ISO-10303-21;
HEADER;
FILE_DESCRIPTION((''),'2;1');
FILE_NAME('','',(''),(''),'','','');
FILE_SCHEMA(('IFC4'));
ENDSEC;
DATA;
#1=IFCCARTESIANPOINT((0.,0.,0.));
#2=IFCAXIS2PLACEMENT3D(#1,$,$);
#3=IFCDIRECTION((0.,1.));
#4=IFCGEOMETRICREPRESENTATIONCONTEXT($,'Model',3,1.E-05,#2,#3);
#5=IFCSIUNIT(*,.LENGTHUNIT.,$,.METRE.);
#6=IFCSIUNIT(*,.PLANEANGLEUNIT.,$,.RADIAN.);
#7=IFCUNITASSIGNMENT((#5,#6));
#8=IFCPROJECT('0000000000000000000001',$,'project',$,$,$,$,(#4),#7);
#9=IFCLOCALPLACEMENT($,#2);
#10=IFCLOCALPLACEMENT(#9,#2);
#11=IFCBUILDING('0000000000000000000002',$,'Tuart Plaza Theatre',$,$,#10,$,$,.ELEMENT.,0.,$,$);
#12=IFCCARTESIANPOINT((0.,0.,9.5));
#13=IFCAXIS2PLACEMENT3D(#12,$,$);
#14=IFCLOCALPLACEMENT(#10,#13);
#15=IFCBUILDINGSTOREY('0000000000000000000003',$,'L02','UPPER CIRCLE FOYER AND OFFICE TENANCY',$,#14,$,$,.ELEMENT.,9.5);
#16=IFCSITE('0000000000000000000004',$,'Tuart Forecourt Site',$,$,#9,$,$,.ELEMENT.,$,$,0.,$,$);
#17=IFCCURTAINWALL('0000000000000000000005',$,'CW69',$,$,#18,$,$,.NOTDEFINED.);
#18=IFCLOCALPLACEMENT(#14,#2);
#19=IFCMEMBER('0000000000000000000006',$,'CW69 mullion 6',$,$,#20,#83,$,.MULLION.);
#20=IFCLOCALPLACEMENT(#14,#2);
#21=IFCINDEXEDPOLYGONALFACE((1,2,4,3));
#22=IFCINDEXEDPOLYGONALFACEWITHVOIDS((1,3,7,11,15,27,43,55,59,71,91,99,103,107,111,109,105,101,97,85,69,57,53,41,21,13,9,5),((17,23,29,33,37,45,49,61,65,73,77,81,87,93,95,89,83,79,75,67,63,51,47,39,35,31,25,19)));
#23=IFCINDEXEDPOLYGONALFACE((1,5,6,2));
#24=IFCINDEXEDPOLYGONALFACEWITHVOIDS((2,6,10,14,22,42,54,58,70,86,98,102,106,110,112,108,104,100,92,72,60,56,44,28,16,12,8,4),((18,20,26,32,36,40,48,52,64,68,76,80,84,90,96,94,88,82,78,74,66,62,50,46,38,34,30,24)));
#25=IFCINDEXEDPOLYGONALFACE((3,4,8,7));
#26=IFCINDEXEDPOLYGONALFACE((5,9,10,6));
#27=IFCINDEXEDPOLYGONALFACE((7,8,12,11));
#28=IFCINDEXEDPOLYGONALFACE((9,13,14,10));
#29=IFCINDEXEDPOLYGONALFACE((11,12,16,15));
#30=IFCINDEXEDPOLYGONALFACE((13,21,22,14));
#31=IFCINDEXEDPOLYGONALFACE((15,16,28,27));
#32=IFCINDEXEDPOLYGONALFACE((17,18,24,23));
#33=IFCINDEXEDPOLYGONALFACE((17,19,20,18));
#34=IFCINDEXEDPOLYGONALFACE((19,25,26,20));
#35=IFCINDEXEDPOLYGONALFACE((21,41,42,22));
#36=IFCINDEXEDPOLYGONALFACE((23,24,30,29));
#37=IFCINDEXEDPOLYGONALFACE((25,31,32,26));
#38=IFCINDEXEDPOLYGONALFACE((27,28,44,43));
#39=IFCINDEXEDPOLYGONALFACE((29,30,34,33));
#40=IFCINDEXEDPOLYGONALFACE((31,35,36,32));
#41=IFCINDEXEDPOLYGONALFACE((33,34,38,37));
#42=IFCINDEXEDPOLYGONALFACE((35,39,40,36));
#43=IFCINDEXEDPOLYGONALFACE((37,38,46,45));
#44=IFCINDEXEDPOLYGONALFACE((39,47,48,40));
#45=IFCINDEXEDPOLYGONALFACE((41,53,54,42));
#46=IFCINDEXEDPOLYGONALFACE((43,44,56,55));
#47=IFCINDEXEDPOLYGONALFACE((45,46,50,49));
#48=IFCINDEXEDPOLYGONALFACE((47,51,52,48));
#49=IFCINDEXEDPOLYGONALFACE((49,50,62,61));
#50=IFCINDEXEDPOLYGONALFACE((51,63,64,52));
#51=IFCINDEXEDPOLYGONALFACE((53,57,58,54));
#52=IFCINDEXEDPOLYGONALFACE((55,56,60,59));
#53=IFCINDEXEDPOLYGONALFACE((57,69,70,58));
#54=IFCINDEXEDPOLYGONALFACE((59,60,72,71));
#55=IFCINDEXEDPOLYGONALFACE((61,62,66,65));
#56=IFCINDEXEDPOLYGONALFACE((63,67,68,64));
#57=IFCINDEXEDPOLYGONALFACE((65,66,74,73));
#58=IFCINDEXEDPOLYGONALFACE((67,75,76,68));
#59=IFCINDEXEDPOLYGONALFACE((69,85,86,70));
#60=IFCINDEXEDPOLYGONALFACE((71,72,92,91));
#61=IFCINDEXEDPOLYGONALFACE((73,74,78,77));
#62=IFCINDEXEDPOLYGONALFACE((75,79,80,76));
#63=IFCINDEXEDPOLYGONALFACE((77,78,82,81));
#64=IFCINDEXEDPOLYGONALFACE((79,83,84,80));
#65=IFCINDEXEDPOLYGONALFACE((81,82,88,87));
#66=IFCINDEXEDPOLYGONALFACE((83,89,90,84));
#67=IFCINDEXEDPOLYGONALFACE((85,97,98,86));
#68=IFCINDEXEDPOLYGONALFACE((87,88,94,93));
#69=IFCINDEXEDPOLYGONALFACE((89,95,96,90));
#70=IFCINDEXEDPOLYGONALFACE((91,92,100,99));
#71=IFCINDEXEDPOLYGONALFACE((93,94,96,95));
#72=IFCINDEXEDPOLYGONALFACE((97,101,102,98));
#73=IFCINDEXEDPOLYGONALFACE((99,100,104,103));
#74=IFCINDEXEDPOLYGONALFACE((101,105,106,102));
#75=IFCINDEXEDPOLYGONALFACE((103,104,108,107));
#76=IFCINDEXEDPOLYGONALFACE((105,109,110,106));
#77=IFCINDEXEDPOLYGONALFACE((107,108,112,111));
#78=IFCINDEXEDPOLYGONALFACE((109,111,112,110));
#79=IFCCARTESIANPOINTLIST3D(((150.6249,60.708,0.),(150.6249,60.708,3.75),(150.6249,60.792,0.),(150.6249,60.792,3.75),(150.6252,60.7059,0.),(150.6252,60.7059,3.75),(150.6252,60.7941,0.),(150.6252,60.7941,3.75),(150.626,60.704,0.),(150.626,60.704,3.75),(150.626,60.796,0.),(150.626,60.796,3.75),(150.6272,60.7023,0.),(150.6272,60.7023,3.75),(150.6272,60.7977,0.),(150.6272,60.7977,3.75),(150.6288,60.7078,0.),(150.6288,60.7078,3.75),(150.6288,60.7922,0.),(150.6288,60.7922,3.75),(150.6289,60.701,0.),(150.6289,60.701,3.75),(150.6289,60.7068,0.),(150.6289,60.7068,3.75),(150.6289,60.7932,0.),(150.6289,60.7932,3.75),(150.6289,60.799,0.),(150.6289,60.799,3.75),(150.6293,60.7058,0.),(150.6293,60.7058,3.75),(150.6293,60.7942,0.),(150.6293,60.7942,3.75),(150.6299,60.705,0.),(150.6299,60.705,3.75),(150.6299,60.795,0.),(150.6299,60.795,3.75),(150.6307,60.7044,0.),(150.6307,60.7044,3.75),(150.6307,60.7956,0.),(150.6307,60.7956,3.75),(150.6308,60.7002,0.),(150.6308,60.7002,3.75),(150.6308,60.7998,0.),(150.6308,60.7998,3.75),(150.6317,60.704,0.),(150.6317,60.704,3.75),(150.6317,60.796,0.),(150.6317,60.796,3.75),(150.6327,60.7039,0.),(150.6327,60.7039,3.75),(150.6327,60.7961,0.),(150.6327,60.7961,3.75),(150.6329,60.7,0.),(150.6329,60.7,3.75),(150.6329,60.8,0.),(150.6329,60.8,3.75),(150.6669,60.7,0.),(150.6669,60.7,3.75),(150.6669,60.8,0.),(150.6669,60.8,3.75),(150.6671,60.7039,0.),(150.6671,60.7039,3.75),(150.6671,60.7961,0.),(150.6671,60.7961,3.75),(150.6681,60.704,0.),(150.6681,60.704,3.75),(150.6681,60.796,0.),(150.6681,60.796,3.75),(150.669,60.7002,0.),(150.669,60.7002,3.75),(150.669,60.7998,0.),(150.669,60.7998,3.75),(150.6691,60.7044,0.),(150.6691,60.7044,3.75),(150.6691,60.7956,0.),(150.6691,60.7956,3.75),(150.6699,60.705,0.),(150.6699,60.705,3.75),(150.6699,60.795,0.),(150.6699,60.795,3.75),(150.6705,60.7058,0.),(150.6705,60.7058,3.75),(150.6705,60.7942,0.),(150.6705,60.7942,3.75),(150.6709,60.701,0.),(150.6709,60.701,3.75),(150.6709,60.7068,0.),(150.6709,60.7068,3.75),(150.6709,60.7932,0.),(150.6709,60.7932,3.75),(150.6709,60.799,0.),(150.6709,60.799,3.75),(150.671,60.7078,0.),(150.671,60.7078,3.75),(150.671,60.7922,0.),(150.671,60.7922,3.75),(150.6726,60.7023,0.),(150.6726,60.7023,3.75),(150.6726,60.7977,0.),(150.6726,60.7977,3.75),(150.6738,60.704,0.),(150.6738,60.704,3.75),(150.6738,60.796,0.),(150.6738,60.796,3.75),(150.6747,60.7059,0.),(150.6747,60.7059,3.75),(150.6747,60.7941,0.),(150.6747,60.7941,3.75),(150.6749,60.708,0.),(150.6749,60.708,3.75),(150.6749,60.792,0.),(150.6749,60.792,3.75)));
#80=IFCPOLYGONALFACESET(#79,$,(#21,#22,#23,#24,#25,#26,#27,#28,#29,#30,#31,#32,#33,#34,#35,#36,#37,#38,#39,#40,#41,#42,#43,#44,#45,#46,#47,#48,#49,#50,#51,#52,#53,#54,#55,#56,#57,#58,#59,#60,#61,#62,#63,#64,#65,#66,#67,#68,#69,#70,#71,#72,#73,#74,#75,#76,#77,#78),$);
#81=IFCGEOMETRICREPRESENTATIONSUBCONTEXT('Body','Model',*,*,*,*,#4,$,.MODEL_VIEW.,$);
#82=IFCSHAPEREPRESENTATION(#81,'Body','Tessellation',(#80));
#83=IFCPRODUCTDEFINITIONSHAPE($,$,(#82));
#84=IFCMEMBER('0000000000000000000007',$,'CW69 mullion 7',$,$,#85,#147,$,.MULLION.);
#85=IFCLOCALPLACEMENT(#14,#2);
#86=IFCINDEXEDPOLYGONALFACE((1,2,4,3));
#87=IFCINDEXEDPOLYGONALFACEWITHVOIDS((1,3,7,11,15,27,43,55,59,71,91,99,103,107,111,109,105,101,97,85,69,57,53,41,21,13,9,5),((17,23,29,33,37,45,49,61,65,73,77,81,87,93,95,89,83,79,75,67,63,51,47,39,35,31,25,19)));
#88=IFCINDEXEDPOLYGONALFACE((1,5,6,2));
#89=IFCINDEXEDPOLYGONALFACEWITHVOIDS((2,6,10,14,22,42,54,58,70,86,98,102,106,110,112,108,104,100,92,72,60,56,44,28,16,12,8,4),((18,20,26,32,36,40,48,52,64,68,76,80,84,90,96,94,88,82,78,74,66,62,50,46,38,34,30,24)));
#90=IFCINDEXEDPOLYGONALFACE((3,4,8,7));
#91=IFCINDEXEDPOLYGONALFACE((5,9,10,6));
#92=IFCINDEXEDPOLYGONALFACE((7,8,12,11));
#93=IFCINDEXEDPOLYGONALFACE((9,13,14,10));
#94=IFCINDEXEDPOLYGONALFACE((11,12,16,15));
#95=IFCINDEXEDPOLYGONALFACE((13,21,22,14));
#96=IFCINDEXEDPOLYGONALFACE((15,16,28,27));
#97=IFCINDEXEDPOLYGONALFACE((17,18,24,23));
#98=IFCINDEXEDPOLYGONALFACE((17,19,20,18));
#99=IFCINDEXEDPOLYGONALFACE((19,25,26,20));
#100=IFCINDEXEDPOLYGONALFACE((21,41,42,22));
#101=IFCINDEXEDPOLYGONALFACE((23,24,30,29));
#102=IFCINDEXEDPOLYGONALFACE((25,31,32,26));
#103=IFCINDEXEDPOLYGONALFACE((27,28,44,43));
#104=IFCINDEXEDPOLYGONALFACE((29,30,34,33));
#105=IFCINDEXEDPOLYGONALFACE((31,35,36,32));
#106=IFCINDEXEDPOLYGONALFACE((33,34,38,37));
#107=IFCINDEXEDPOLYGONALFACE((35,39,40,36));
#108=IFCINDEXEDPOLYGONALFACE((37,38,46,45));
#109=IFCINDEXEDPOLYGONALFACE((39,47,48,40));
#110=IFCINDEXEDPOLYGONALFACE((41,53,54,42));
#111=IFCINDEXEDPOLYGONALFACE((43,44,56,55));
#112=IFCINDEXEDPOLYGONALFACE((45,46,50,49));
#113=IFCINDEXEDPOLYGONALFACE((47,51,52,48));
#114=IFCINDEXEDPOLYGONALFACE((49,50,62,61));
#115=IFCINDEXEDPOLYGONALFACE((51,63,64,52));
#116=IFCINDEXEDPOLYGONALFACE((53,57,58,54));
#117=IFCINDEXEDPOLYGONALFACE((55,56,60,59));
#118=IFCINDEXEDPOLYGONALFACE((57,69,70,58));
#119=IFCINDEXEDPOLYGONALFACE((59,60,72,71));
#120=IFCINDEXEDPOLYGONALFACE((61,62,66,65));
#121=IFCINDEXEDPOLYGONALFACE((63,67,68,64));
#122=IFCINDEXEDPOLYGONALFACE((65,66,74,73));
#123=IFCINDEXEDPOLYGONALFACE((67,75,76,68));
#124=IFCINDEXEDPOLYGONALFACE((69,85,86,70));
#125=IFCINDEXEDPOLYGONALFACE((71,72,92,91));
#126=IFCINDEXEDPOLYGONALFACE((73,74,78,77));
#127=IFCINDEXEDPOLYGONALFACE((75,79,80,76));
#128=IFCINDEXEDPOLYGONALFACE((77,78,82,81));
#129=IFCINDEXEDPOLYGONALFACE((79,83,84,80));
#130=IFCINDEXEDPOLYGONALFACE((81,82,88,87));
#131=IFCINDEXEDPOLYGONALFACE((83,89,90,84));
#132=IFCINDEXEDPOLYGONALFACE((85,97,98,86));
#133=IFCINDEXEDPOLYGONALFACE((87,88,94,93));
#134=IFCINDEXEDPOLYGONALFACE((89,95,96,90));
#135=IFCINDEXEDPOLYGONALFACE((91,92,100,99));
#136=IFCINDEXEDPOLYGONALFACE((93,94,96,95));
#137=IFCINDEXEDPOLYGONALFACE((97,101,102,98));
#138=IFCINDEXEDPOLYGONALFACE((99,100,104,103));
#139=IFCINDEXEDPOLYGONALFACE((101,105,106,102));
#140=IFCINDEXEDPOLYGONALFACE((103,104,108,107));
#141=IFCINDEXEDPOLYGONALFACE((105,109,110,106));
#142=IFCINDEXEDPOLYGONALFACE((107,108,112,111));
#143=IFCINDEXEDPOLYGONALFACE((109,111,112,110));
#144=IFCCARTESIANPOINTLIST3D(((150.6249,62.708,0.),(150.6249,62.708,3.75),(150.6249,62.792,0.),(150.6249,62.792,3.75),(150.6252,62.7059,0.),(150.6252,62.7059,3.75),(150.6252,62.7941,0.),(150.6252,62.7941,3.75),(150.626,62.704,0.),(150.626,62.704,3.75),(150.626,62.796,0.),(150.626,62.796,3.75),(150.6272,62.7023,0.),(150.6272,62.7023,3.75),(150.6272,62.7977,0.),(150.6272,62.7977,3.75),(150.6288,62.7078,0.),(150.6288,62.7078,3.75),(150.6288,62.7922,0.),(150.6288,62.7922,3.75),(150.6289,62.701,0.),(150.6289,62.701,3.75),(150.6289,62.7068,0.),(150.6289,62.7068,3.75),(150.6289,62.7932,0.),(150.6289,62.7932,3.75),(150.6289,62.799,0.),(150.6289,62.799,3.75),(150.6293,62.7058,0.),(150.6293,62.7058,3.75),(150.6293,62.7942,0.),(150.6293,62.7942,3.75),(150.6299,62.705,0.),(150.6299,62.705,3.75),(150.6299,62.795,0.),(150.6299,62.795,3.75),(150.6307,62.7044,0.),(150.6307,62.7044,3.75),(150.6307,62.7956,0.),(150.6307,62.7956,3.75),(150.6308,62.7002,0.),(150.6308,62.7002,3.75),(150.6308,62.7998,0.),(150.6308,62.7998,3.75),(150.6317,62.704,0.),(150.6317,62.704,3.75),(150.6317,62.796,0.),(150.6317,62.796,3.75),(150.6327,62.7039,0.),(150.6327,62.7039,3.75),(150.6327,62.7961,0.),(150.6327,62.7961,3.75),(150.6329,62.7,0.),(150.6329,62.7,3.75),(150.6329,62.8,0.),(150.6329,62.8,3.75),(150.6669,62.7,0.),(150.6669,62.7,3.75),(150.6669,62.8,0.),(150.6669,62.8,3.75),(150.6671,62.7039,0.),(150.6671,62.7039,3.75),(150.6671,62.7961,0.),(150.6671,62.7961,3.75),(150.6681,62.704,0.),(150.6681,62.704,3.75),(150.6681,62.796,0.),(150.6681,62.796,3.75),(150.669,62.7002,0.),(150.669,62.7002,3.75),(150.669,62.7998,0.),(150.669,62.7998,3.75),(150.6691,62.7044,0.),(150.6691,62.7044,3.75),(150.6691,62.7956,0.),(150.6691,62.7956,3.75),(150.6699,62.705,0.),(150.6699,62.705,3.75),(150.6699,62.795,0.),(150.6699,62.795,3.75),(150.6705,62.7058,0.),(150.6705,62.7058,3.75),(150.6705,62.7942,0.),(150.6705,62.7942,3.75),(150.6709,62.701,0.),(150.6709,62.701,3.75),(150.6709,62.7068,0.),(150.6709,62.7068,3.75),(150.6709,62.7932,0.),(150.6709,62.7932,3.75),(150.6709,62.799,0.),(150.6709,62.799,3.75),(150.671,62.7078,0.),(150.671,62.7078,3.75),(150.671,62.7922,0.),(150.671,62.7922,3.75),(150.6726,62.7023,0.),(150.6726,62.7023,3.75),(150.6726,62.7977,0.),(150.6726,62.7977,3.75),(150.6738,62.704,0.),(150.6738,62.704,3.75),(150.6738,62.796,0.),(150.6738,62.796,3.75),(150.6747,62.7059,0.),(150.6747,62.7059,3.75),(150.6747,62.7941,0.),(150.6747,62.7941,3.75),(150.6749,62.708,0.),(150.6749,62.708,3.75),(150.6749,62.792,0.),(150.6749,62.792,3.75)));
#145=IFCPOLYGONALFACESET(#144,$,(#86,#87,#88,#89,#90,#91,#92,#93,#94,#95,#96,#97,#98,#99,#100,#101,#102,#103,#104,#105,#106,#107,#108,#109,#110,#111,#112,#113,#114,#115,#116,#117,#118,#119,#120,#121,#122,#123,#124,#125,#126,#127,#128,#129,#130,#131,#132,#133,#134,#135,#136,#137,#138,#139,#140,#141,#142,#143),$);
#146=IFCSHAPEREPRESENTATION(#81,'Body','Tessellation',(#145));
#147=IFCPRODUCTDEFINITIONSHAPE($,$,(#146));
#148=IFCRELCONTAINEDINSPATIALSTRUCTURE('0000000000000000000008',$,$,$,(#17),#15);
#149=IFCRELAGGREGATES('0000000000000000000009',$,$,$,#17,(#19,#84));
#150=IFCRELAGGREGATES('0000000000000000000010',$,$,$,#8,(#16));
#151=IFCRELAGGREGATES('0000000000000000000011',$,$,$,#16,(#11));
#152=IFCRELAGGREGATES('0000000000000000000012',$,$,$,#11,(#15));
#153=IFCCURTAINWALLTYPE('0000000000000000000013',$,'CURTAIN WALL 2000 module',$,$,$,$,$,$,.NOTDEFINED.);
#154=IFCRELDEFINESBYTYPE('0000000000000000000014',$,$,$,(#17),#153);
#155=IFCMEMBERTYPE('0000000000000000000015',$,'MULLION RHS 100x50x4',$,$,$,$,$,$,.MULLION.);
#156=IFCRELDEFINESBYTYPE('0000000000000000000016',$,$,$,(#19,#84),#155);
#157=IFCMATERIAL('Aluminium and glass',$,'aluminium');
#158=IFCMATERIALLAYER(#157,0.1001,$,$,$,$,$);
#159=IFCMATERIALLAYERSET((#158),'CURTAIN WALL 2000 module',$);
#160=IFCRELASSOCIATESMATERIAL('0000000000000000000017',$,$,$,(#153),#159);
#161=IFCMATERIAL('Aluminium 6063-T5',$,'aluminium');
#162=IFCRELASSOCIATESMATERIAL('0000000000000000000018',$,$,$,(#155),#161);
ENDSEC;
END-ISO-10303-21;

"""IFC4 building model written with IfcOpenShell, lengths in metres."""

from ifc_helpers import new_model, si_unit, direction, frame, origin, origin_2d, place, context, subcontext, project, spatial, hollow_rectangle, extrude, material, layer, layer_set, material_profile, profile_set, type_object, element, aggregate, save


model = new_model("IFC4")

# Units and contexts
model_context = context("Model", 3, precision=1e-05, world=origin(), true_north=direction((0.0, 1.0)))
body_context = subcontext(model_context, "Body", "Model", "MODEL_VIEW")
ifc_project = project(units=[si_unit("LENGTHUNIT", "METRE"), si_unit("PLANEANGLEUNIT", "RADIAN")], contexts=[model_context])

# Site, building, storey
site_placement = place(None, origin())
site = spatial("IfcSite", under=ifc_project, at=site_placement, Name="Tuart Forecourt Site", CompositionType="ELEMENT", RefElevation=0.0)
building_placement = place(site_placement, origin())
building = spatial("IfcBuilding", under=site, at=building_placement, Name="Tuart Plaza Theatre", CompositionType="ELEMENT", ElevationOfRefHeight=0.0)
storey_placement = place(building_placement, frame((0.0, 0.0, 9.5)))
storey = spatial("IfcBuildingStorey", under=building, at=storey_placement, Name="L02", Description="UPPER CIRCLE FOYER AND OFFICE TENANCY", CompositionType="ELEMENT", Elevation=9.5)

# Curtain wall, members
ifc_material_1 = material(Name="Aluminium and glass", Category="aluminium")
ifc_layer_1 = layer(ifc_material_1, 0.1001)
ifc_layer_set_1 = layer_set([ifc_layer_1], Name="CURTAIN WALL 2000 module")
curtain_wall_type = type_object("IfcCurtainWallType", Name="CURTAIN WALL 2000 module", PredefinedType="NOTDEFINED", material=ifc_layer_set_1)
curtain_wall_placement = place(storey_placement, origin())
curtain_wall = element("IfcCurtainWall", 1, at=curtain_wall_placement, inside=storey, type_object=curtain_wall_type, Name="CW69", PredefinedType="NOTDEFINED")
ifc_material_2 = material(Name="Aluminium 6063-T5", Category="aluminium")
ifc_material_profile_1 = material_profile(ifc_material_2, hollow_rectangle(XDim=0.05, YDim=0.1001, WallThickness=0.0039, InnerFilletRadius=0.0039, OuterFilletRadius=0.0081, at=origin_2d()), Name="RHS 100x50x4")
ifc_profile_set_1 = profile_set([ifc_material_profile_1], Name="Aluminium 6063-T5")
member_type_1 = type_object("IfcMemberType", Name="MULLION RHS 100x50x4", PredefinedType="MULLION", material=ifc_profile_set_1)
member_1_placement = place(storey_placement, frame((150.6499, 60.75, 0.0), z_axis=(0.0, 0.0, 1.0), x_axis=(-1.0, 0.0, 0.0)))
member_1 = element("IfcMember", 2, at=member_1_placement, type_object=member_type_1, Name="CW69 mullion 6", PredefinedType="MULLION", context=body_context, shape_type="SweptSolid", body=[
    extrude(hollow_rectangle(XDim=0.05, YDim=0.1001, WallThickness=0.0039, InnerFilletRadius=0.0039, OuterFilletRadius=0.0081, at=origin_2d()), origin(), (0.0, 0.0, 1.0), 3.75),
])
member_2_placement = place(storey_placement, frame((150.6499, 62.75, 0.0), z_axis=(0.0, 0.0, 1.0), x_axis=(-1.0, 0.0, 0.0)))
member_2 = element("IfcMember", 3, at=member_2_placement, type_object=member_type_1, Name="CW69 mullion 7", PredefinedType="MULLION", context=body_context, shape_type="SweptSolid", body=[
    extrude(hollow_rectangle(XDim=0.05, YDim=0.1001, WallThickness=0.0039, InnerFilletRadius=0.0039, OuterFilletRadius=0.0081, at=origin_2d()), origin(), (0.0, 0.0, 1.0), 3.75),
])
aggregate(curtain_wall, [member_1, member_2])

save(model, "model.ifc")
